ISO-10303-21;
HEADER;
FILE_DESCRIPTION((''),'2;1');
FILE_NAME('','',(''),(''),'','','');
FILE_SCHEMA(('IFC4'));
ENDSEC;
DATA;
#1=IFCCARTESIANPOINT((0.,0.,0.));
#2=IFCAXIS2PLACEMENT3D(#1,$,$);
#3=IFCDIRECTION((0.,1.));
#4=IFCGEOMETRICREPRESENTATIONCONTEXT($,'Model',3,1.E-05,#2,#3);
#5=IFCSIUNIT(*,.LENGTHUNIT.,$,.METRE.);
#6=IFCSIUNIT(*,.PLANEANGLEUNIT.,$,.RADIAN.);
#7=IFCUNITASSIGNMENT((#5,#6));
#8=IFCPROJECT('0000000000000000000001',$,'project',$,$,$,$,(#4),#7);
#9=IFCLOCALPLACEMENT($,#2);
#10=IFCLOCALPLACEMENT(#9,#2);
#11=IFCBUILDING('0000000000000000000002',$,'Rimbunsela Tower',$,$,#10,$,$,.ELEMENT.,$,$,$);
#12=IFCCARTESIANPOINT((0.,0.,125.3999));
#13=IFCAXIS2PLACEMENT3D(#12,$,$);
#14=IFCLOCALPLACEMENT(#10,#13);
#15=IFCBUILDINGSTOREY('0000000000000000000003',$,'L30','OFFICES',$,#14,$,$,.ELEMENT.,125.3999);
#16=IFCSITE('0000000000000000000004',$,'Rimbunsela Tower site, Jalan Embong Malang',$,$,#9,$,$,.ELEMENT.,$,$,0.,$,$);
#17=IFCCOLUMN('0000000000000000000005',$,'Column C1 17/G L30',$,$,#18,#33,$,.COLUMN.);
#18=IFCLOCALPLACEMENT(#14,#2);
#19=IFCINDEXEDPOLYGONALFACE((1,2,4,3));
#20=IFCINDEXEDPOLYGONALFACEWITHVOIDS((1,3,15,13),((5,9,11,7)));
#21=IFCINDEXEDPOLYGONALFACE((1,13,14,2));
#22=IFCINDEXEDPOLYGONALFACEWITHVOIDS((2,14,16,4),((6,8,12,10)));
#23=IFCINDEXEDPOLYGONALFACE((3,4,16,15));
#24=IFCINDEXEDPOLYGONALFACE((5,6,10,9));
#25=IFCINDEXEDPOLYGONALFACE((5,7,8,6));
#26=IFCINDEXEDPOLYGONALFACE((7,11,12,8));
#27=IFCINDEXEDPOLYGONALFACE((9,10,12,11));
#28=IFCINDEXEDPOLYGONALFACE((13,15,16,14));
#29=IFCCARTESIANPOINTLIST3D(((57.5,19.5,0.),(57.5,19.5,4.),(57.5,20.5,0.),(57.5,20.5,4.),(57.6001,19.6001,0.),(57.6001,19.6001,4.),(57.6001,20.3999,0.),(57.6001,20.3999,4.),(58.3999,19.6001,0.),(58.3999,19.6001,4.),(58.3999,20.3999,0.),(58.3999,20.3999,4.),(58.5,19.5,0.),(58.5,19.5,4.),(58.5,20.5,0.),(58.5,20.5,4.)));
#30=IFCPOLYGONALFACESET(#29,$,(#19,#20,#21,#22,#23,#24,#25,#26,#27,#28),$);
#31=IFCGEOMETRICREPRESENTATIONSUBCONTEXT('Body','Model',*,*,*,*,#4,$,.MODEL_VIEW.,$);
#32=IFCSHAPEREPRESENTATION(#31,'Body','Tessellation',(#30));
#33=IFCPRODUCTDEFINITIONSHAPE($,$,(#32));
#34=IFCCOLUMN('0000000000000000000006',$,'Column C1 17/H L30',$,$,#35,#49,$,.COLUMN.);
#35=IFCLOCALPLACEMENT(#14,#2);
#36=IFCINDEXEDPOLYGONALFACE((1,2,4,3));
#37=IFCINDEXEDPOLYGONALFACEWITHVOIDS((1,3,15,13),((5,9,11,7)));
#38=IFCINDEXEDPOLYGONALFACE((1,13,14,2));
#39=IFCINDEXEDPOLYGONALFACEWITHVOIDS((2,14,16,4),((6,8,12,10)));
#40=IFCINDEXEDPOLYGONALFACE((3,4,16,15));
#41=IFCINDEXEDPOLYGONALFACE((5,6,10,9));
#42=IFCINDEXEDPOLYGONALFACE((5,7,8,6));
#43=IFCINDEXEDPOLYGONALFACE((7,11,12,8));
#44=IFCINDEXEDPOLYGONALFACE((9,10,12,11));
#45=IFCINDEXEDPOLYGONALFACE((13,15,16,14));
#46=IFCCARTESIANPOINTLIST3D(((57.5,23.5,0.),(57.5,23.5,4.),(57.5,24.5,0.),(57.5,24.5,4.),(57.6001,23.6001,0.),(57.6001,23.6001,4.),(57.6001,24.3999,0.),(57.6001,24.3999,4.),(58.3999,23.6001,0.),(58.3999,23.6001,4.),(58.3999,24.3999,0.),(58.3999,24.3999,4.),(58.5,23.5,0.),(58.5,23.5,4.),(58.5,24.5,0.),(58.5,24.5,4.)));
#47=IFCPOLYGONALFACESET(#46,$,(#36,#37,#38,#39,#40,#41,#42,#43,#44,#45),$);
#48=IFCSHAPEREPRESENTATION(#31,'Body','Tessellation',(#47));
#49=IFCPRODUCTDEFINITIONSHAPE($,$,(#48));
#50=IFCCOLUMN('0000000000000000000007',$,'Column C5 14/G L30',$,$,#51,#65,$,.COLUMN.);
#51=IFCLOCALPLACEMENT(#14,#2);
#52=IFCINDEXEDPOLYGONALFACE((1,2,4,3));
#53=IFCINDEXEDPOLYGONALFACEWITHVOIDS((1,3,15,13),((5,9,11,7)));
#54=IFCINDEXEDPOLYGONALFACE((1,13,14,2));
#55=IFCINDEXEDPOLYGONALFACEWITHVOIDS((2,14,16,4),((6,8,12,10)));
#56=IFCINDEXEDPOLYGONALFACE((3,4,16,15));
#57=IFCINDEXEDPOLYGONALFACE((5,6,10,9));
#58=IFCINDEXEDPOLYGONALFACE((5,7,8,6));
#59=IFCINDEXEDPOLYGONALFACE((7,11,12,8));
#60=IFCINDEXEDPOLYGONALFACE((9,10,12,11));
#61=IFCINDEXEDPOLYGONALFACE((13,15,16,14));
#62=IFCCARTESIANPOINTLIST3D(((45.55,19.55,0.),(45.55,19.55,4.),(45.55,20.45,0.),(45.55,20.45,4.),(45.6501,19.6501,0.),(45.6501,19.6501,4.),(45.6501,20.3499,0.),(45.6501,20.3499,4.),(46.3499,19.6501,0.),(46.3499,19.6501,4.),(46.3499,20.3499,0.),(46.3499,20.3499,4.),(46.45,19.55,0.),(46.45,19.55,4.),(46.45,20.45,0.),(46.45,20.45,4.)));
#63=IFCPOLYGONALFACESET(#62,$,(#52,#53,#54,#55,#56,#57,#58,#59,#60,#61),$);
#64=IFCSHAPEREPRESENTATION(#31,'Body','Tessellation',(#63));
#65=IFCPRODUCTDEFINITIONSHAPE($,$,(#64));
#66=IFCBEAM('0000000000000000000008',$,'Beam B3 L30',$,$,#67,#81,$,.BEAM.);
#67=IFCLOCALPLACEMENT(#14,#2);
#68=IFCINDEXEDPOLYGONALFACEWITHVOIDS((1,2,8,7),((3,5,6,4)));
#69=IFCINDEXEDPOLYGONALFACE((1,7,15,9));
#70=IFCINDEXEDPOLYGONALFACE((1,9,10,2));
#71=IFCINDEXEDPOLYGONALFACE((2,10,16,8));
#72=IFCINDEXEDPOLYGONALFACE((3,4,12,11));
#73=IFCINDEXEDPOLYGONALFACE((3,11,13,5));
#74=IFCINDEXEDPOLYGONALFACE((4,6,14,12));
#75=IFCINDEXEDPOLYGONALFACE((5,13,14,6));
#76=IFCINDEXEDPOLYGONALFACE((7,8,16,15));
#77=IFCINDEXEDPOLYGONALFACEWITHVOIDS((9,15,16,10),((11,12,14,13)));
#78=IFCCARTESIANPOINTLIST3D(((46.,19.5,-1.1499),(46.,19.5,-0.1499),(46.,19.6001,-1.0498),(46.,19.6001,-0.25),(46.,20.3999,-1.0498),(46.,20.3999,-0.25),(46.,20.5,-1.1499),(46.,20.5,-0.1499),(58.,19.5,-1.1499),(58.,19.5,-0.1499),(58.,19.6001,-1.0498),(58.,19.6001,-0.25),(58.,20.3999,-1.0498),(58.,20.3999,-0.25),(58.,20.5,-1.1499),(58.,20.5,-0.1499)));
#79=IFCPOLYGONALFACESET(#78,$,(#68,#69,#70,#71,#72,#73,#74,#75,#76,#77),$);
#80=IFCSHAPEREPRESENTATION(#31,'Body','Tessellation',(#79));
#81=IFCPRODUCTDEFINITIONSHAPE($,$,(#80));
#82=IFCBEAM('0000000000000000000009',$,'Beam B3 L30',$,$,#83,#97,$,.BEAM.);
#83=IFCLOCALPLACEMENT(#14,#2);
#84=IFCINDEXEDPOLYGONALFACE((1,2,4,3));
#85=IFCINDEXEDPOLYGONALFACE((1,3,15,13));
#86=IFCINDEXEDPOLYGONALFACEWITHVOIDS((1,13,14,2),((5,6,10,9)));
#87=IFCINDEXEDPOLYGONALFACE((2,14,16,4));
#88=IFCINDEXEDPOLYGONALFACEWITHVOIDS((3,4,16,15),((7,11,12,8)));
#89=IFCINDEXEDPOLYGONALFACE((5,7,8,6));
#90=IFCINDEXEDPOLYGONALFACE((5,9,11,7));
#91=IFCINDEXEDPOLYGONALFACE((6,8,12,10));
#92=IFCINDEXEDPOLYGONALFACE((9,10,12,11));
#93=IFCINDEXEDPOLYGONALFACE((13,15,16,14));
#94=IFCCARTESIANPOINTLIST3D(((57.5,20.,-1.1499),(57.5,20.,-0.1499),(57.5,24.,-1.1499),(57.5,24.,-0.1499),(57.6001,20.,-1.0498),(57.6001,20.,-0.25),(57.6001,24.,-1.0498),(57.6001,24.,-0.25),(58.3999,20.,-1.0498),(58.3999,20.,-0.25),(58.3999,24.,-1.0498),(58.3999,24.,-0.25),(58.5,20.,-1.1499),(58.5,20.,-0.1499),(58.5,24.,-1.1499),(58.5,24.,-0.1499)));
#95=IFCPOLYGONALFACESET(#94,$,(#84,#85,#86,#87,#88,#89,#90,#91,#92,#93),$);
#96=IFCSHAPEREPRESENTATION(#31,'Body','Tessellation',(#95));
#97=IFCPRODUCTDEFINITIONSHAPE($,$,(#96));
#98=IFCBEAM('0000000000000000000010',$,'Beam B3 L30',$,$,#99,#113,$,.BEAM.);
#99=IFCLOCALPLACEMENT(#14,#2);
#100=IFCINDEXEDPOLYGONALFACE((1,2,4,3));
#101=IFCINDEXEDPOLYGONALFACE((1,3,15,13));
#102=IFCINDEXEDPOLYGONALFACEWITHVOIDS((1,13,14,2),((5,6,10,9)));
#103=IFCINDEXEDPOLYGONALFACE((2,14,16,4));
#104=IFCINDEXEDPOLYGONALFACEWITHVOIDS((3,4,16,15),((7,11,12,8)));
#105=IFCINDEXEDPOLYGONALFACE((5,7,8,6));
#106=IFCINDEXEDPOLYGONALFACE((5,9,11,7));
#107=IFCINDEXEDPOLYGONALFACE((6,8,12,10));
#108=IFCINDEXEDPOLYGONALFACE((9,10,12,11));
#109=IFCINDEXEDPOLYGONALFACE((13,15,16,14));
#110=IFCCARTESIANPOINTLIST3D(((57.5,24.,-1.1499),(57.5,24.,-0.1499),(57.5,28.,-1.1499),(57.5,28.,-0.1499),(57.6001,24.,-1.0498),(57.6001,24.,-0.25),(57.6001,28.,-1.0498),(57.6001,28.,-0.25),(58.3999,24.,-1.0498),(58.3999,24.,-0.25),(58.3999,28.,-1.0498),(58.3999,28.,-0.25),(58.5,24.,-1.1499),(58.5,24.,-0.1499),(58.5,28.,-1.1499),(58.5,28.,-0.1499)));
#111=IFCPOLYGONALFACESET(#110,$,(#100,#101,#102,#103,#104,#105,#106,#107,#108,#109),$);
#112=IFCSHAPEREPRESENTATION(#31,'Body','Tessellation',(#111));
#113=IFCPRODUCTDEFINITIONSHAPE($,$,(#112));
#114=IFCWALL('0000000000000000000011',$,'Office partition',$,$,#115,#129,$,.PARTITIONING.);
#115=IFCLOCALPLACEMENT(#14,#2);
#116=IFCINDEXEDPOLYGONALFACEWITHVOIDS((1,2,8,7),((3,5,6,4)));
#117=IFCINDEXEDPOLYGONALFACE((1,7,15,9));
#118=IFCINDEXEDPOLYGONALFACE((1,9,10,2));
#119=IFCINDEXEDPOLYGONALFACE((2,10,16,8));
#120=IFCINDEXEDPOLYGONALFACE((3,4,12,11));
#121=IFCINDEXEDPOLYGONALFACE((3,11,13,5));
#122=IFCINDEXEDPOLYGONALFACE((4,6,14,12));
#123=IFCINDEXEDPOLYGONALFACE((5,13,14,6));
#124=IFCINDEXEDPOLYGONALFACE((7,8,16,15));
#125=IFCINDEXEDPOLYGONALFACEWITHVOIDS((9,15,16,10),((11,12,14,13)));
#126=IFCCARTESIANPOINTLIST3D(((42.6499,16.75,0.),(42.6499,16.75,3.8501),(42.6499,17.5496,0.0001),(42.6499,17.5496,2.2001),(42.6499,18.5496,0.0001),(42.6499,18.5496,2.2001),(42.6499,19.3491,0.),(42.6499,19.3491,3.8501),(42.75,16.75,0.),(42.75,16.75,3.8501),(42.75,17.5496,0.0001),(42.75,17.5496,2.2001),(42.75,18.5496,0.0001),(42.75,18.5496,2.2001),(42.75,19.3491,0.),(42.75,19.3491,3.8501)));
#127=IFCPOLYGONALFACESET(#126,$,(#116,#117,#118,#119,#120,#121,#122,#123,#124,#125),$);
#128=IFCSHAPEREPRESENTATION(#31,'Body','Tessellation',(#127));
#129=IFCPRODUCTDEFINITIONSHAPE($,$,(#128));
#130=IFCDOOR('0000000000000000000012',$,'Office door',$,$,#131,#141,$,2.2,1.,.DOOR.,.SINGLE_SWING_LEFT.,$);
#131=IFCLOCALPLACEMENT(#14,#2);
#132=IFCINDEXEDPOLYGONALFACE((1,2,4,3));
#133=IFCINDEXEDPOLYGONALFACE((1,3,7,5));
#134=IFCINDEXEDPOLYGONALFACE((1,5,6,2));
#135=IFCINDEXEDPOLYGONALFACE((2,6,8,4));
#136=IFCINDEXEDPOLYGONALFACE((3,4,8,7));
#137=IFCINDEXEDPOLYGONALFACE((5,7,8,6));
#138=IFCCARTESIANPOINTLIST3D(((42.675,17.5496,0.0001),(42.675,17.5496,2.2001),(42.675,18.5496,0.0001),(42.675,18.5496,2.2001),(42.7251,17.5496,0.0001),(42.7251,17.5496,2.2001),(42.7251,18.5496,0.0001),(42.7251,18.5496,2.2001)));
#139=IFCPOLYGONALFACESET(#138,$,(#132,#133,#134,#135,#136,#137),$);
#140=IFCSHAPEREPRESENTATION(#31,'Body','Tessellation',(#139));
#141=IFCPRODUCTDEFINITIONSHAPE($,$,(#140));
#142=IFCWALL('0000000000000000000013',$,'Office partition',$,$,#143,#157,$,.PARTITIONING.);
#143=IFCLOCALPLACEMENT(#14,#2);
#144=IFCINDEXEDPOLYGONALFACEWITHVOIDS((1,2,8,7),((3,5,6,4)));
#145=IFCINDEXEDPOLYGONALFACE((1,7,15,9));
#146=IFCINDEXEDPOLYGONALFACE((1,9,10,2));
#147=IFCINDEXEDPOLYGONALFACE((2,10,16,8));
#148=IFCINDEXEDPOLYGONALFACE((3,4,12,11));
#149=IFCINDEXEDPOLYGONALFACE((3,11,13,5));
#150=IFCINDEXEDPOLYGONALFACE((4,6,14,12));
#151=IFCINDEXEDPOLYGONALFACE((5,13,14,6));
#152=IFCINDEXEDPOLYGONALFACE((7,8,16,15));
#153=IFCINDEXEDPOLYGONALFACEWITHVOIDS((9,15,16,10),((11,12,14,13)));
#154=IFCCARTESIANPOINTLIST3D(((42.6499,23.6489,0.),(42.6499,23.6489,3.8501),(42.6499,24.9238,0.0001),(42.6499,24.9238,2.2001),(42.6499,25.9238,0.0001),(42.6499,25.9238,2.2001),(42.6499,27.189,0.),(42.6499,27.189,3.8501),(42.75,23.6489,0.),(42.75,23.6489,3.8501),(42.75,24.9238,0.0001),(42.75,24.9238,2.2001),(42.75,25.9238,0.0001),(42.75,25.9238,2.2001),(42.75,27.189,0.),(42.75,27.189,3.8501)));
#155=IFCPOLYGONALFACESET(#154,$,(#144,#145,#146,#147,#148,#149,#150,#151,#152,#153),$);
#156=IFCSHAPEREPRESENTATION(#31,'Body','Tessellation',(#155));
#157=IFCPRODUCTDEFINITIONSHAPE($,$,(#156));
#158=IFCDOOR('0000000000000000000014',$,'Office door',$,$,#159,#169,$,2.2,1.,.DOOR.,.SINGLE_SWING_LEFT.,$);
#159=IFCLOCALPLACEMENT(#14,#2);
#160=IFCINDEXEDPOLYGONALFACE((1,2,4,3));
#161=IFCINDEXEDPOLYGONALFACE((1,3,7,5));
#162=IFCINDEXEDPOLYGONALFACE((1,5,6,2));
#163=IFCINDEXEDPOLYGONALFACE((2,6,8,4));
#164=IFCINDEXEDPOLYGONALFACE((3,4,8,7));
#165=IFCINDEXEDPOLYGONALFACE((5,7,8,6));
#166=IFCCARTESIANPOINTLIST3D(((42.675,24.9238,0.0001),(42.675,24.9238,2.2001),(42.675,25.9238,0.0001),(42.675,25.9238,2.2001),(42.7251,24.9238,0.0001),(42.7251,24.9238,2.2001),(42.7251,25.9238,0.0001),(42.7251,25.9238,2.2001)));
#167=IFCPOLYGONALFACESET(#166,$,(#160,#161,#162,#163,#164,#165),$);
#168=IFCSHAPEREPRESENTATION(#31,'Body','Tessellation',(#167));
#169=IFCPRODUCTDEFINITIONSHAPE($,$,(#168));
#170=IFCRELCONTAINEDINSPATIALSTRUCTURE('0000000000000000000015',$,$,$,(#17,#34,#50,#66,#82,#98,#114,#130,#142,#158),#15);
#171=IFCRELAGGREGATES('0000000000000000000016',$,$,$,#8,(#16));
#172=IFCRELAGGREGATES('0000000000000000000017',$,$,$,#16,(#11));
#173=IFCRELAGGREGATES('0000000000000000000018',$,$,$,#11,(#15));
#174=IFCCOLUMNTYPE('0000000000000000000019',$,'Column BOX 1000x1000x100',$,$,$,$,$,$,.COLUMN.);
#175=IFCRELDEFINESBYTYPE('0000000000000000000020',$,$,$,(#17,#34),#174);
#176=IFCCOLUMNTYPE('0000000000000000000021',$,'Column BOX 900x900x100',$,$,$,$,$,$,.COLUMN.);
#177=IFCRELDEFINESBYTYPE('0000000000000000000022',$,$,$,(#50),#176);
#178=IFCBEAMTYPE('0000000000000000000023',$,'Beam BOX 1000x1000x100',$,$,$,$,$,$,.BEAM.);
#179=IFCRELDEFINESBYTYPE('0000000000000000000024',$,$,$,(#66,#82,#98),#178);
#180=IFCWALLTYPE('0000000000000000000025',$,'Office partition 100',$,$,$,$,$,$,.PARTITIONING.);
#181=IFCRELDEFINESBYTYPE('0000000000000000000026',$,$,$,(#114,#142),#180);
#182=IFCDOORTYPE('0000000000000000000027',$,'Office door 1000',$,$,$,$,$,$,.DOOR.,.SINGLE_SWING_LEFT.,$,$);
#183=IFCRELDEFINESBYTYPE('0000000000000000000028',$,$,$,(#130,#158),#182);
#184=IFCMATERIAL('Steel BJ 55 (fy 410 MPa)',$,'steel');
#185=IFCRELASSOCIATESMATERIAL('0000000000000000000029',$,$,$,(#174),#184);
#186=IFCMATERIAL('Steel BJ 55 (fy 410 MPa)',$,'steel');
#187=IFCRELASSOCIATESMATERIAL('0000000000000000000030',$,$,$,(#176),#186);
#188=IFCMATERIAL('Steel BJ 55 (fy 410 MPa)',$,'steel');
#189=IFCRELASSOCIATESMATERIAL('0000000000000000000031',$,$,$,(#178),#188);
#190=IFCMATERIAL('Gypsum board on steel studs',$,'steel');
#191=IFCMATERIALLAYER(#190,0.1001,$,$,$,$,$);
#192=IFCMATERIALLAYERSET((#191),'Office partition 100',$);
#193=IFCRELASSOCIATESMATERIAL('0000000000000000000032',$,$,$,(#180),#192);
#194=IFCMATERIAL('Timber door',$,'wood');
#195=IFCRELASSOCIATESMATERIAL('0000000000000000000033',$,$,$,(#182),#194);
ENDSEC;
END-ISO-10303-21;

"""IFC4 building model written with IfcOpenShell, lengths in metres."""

from ifc_helpers import new_model, si_unit, direction, frame, frame_2d, origin, origin_2d, place, context, subcontext, project, spatial, rectangle, hollow_rectangle, extrude, material, layer, layer_set, material_profile, profile_set, type_object, element, fill, save


model = new_model("IFC4")

# Units and contexts
model_context = context("Model", 3, precision=1e-05, world=origin(), true_north=direction((0.0, 1.0)))
body_context = subcontext(model_context, "Body", "Model", "MODEL_VIEW")
ifc_project = project(units=[si_unit("LENGTHUNIT", "METRE"), si_unit("PLANEANGLEUNIT", "RADIAN")], contexts=[model_context])

# Site, building, storey
site_placement = place(None, origin())
site = spatial("IfcSite", under=ifc_project, at=site_placement, Name="Rimbunsela Tower site, Jalan Embong Malang", CompositionType="ELEMENT", RefElevation=0.0)
building_placement = place(site_placement, origin())
building = spatial("IfcBuilding", under=site, at=building_placement, Name="Rimbunsela Tower", CompositionType="ELEMENT")
storey_placement = place(building_placement, frame((0.0, 0.0, 125.3999)))
storey = spatial("IfcBuildingStorey", under=building, at=storey_placement, Name="L30", Description="OFFICES", CompositionType="ELEMENT", Elevation=125.3999)

# Columns
ifc_material_1 = material(Name="Steel BJ 55 (fy 410 MPa)", Category="steel")
ifc_material_profile_1 = material_profile(ifc_material_1, hollow_rectangle(XDim=1.0, YDim=1.0, WallThickness=0.1001, at=origin_2d()), Name="BOX 1000x1000x100")
ifc_profile_set_1 = profile_set([ifc_material_profile_1], Name="Steel BJ 55 (fy 410 MPa)")
column_type_1 = type_object("IfcColumnType", Name="Column BOX 1000x1000x100", PredefinedType="COLUMN", material=ifc_profile_set_1)
for number, where, z_axis, x_axis, name in (
    (1, (58.0, 20.0, 0.0), (0.0, 0.0, 1.0), (1.0, 0.0, 0.0), "Column C1 17/G L30"),
    (2, (58.0, 24.0, 0.0), (0.0, 0.0, 1.0), (1.0, 0.0, 0.0), "Column C1 17/H L30"),
):
    element("IfcColumn", number, at=place(storey_placement, frame(where, z_axis=z_axis, x_axis=x_axis)), inside=storey, type_object=column_type_1, Name=name, PredefinedType="COLUMN", context=body_context, shape_type="SweptSolid", body=[
        extrude(hollow_rectangle(XDim=1.0, YDim=1.0, WallThickness=0.1001, at=origin_2d()), origin(), (0.0, 0.0, 1.0), 4.0),
    ])
ifc_material_2 = material(Name="Steel BJ 55 (fy 410 MPa)", Category="steel")
ifc_material_profile_2 = material_profile(ifc_material_2, hollow_rectangle(XDim=0.8999, YDim=0.8999, WallThickness=0.1001, at=origin_2d()), Name="BOX 900x900x100")
ifc_profile_set_2 = profile_set([ifc_material_profile_2], Name="Steel BJ 55 (fy 410 MPa)")
column_type_2 = type_object("IfcColumnType", Name="Column BOX 900x900x100", PredefinedType="COLUMN", material=ifc_profile_set_2)
column_placement = place(storey_placement, frame((46.0, 20.0, 0.0), z_axis=(0.0, 0.0, 1.0), x_axis=(1.0, 0.0, 0.0)))
element("IfcColumn", 3, at=column_placement, inside=storey, type_object=column_type_2, Name="Column C5 14/G L30", PredefinedType="COLUMN", context=body_context, shape_type="SweptSolid", body=[
    extrude(hollow_rectangle(XDim=0.8999, YDim=0.8999, WallThickness=0.1001, at=origin_2d()), origin(), (0.0, 0.0, 1.0), 4.0),
])

# Beams
ifc_material_3 = material(Name="Steel BJ 55 (fy 410 MPa)", Category="steel")
ifc_material_profile_3 = material_profile(ifc_material_3, hollow_rectangle(XDim=1.0, YDim=1.0, WallThickness=0.1001, at=origin_2d()), Name="BOX 1000x1000x100")
ifc_profile_set_3 = profile_set([ifc_material_profile_3], Name="Steel BJ 55 (fy 410 MPa)")
beam_type = type_object("IfcBeamType", Name="Beam BOX 1000x1000x100", PredefinedType="BEAM", material=ifc_profile_set_3)
beam_placement = place(storey_placement, frame((46.0, 20.0, -0.6499), z_axis=(1.0, 0.0, 0.0), x_axis=(0.0, 1.0, 0.0)))
element("IfcBeam", 4, at=beam_placement, inside=storey, type_object=beam_type, Name="Beam B3 L30", PredefinedType="BEAM", context=body_context, shape_type="SweptSolid", body=[
    extrude(hollow_rectangle(XDim=1.0, YDim=1.0, WallThickness=0.1001, at=origin_2d()), origin(), (0.0, 0.0, 1.0), 12.0),
])
for number, where, z_axis, x_axis, name in (
    (5, (58.0, 20.0, -0.6499), (0.0, 1.0, 0.0), (-1.0, 0.0, 0.0), "Beam B3 L30"),
    (6, (58.0, 24.0, -0.6499), (0.0, 1.0, 0.0), (-1.0, 0.0, 0.0), "Beam B3 L30"),
):
    element("IfcBeam", number, at=place(storey_placement, frame(where, z_axis=z_axis, x_axis=x_axis)), inside=storey, type_object=beam_type, Name=name, PredefinedType="BEAM", context=body_context, shape_type="SweptSolid", body=[
        extrude(hollow_rectangle(XDim=1.0, YDim=1.0, WallThickness=0.1001, at=origin_2d()), origin(), (0.0, 0.0, 1.0), 4.0),
    ])

# Walls, openings, doors
ifc_material_4 = material(Name="Gypsum board on steel studs", Category="steel")
ifc_layer_1 = layer(ifc_material_4, 0.1001)
ifc_layer_set_1 = layer_set([ifc_layer_1], Name="Office partition 100")
wall_type_1 = type_object("IfcWallType", Name="Office partition 100", PredefinedType="PARTITIONING", material=ifc_layer_set_1)
wall_1_placement = place(storey_placement, frame((42.7, 16.75, 0.0), z_axis=(0.0, 0.0, 1.0), x_axis=(0.0, 1.0, 0.0)))
wall_1 = element("IfcWall", 7, at=wall_1_placement, inside=storey, type_object=wall_type_1, Name="Office partition", PredefinedType="PARTITIONING", context=body_context, shape_type="SweptSolid", body=[
    extrude(rectangle(XDim=2.5991, YDim=0.1001, at=frame_2d((1.2996, 0.0))), origin(), (0.0, 0.0, 1.0), 3.8501),
])
opening_1_placement = place(wall_1_placement, frame((0.7996, 0.0, 0.0)))
opening_1 = element("IfcOpeningElement", 8, at=opening_1_placement, cuts=wall_1, PredefinedType="OPENING", context=body_context, shape_type="SweptSolid", body=[
    extrude(rectangle(XDim=1.0, YDim=2.2, at=frame_2d((0.5, 1.1001))), frame((0.0, 0.0601, 0.0), z_axis=(0.0, -1.0, 0.0), x_axis=(1.0, 0.0, 0.0)), (0.0, 0.0, 1.0), 0.1201),
])
ifc_material_5 = material(Name="Timber door", Category="wood")
door_type = type_object("IfcDoorType", Name="Office door 1000", OperationType="SINGLE_SWING_LEFT", PredefinedType="DOOR", material=ifc_material_5)
door_1_placement = place(opening_1_placement, origin())
door_1 = element("IfcDoor", 9, at=door_1_placement, inside=storey, type_object=door_type, Name="Office door", OperationType="SINGLE_SWING_LEFT", OverallHeight=2.2, OverallWidth=1.0, PredefinedType="DOOR", context=body_context, shape_type="SweptSolid", body=[
    extrude(rectangle(XDim=1.0, YDim=2.2, at=frame_2d((0.5, 1.1001))), frame((0.0, 0.0249, 0.0), z_axis=(0.0, -1.0, 0.0), x_axis=(1.0, 0.0, 0.0)), (0.0, 0.0, 1.0), 0.05),
])
fill(opening_1, door_1)
wall_2_placement = place(storey_placement, frame((42.7, 23.6489, 0.0), z_axis=(0.0, 0.0, 1.0), x_axis=(0.0, 1.0, 0.0)))
wall_2 = element("IfcWall", 10, at=wall_2_placement, inside=storey, type_object=wall_type_1, Name="Office partition", PredefinedType="PARTITIONING", context=body_context, shape_type="SweptSolid", body=[
    extrude(rectangle(XDim=3.54, YDim=0.1001, at=frame_2d((1.77, 0.0))), origin(), (0.0, 0.0, 1.0), 3.8501),
])
opening_2_placement = place(wall_2_placement, frame((1.2749, 0.0, 0.0)))
opening_2 = element("IfcOpeningElement", 11, at=opening_2_placement, cuts=wall_2, PredefinedType="OPENING", context=body_context, shape_type="SweptSolid", body=[
    extrude(rectangle(XDim=1.0, YDim=2.2, at=frame_2d((0.5, 1.1001))), frame((0.0, 0.0601, 0.0), z_axis=(0.0, -1.0, 0.0), x_axis=(1.0, 0.0, 0.0)), (0.0, 0.0, 1.0), 0.1201),
])
door_2_placement = place(opening_2_placement, origin())
door_2 = element("IfcDoor", 12, at=door_2_placement, inside=storey, type_object=door_type, Name="Office door", OperationType="SINGLE_SWING_LEFT", OverallHeight=2.2, OverallWidth=1.0, PredefinedType="DOOR", context=body_context, shape_type="SweptSolid", body=[
    extrude(rectangle(XDim=1.0, YDim=2.2, at=frame_2d((0.5, 1.1001))), frame((0.0, 0.0249, 0.0), z_axis=(0.0, -1.0, 0.0), x_axis=(1.0, 0.0, 0.0)), (0.0, 0.0, 1.0), 0.05),
])
fill(opening_2, door_2)

save(model, "model.ifc")
